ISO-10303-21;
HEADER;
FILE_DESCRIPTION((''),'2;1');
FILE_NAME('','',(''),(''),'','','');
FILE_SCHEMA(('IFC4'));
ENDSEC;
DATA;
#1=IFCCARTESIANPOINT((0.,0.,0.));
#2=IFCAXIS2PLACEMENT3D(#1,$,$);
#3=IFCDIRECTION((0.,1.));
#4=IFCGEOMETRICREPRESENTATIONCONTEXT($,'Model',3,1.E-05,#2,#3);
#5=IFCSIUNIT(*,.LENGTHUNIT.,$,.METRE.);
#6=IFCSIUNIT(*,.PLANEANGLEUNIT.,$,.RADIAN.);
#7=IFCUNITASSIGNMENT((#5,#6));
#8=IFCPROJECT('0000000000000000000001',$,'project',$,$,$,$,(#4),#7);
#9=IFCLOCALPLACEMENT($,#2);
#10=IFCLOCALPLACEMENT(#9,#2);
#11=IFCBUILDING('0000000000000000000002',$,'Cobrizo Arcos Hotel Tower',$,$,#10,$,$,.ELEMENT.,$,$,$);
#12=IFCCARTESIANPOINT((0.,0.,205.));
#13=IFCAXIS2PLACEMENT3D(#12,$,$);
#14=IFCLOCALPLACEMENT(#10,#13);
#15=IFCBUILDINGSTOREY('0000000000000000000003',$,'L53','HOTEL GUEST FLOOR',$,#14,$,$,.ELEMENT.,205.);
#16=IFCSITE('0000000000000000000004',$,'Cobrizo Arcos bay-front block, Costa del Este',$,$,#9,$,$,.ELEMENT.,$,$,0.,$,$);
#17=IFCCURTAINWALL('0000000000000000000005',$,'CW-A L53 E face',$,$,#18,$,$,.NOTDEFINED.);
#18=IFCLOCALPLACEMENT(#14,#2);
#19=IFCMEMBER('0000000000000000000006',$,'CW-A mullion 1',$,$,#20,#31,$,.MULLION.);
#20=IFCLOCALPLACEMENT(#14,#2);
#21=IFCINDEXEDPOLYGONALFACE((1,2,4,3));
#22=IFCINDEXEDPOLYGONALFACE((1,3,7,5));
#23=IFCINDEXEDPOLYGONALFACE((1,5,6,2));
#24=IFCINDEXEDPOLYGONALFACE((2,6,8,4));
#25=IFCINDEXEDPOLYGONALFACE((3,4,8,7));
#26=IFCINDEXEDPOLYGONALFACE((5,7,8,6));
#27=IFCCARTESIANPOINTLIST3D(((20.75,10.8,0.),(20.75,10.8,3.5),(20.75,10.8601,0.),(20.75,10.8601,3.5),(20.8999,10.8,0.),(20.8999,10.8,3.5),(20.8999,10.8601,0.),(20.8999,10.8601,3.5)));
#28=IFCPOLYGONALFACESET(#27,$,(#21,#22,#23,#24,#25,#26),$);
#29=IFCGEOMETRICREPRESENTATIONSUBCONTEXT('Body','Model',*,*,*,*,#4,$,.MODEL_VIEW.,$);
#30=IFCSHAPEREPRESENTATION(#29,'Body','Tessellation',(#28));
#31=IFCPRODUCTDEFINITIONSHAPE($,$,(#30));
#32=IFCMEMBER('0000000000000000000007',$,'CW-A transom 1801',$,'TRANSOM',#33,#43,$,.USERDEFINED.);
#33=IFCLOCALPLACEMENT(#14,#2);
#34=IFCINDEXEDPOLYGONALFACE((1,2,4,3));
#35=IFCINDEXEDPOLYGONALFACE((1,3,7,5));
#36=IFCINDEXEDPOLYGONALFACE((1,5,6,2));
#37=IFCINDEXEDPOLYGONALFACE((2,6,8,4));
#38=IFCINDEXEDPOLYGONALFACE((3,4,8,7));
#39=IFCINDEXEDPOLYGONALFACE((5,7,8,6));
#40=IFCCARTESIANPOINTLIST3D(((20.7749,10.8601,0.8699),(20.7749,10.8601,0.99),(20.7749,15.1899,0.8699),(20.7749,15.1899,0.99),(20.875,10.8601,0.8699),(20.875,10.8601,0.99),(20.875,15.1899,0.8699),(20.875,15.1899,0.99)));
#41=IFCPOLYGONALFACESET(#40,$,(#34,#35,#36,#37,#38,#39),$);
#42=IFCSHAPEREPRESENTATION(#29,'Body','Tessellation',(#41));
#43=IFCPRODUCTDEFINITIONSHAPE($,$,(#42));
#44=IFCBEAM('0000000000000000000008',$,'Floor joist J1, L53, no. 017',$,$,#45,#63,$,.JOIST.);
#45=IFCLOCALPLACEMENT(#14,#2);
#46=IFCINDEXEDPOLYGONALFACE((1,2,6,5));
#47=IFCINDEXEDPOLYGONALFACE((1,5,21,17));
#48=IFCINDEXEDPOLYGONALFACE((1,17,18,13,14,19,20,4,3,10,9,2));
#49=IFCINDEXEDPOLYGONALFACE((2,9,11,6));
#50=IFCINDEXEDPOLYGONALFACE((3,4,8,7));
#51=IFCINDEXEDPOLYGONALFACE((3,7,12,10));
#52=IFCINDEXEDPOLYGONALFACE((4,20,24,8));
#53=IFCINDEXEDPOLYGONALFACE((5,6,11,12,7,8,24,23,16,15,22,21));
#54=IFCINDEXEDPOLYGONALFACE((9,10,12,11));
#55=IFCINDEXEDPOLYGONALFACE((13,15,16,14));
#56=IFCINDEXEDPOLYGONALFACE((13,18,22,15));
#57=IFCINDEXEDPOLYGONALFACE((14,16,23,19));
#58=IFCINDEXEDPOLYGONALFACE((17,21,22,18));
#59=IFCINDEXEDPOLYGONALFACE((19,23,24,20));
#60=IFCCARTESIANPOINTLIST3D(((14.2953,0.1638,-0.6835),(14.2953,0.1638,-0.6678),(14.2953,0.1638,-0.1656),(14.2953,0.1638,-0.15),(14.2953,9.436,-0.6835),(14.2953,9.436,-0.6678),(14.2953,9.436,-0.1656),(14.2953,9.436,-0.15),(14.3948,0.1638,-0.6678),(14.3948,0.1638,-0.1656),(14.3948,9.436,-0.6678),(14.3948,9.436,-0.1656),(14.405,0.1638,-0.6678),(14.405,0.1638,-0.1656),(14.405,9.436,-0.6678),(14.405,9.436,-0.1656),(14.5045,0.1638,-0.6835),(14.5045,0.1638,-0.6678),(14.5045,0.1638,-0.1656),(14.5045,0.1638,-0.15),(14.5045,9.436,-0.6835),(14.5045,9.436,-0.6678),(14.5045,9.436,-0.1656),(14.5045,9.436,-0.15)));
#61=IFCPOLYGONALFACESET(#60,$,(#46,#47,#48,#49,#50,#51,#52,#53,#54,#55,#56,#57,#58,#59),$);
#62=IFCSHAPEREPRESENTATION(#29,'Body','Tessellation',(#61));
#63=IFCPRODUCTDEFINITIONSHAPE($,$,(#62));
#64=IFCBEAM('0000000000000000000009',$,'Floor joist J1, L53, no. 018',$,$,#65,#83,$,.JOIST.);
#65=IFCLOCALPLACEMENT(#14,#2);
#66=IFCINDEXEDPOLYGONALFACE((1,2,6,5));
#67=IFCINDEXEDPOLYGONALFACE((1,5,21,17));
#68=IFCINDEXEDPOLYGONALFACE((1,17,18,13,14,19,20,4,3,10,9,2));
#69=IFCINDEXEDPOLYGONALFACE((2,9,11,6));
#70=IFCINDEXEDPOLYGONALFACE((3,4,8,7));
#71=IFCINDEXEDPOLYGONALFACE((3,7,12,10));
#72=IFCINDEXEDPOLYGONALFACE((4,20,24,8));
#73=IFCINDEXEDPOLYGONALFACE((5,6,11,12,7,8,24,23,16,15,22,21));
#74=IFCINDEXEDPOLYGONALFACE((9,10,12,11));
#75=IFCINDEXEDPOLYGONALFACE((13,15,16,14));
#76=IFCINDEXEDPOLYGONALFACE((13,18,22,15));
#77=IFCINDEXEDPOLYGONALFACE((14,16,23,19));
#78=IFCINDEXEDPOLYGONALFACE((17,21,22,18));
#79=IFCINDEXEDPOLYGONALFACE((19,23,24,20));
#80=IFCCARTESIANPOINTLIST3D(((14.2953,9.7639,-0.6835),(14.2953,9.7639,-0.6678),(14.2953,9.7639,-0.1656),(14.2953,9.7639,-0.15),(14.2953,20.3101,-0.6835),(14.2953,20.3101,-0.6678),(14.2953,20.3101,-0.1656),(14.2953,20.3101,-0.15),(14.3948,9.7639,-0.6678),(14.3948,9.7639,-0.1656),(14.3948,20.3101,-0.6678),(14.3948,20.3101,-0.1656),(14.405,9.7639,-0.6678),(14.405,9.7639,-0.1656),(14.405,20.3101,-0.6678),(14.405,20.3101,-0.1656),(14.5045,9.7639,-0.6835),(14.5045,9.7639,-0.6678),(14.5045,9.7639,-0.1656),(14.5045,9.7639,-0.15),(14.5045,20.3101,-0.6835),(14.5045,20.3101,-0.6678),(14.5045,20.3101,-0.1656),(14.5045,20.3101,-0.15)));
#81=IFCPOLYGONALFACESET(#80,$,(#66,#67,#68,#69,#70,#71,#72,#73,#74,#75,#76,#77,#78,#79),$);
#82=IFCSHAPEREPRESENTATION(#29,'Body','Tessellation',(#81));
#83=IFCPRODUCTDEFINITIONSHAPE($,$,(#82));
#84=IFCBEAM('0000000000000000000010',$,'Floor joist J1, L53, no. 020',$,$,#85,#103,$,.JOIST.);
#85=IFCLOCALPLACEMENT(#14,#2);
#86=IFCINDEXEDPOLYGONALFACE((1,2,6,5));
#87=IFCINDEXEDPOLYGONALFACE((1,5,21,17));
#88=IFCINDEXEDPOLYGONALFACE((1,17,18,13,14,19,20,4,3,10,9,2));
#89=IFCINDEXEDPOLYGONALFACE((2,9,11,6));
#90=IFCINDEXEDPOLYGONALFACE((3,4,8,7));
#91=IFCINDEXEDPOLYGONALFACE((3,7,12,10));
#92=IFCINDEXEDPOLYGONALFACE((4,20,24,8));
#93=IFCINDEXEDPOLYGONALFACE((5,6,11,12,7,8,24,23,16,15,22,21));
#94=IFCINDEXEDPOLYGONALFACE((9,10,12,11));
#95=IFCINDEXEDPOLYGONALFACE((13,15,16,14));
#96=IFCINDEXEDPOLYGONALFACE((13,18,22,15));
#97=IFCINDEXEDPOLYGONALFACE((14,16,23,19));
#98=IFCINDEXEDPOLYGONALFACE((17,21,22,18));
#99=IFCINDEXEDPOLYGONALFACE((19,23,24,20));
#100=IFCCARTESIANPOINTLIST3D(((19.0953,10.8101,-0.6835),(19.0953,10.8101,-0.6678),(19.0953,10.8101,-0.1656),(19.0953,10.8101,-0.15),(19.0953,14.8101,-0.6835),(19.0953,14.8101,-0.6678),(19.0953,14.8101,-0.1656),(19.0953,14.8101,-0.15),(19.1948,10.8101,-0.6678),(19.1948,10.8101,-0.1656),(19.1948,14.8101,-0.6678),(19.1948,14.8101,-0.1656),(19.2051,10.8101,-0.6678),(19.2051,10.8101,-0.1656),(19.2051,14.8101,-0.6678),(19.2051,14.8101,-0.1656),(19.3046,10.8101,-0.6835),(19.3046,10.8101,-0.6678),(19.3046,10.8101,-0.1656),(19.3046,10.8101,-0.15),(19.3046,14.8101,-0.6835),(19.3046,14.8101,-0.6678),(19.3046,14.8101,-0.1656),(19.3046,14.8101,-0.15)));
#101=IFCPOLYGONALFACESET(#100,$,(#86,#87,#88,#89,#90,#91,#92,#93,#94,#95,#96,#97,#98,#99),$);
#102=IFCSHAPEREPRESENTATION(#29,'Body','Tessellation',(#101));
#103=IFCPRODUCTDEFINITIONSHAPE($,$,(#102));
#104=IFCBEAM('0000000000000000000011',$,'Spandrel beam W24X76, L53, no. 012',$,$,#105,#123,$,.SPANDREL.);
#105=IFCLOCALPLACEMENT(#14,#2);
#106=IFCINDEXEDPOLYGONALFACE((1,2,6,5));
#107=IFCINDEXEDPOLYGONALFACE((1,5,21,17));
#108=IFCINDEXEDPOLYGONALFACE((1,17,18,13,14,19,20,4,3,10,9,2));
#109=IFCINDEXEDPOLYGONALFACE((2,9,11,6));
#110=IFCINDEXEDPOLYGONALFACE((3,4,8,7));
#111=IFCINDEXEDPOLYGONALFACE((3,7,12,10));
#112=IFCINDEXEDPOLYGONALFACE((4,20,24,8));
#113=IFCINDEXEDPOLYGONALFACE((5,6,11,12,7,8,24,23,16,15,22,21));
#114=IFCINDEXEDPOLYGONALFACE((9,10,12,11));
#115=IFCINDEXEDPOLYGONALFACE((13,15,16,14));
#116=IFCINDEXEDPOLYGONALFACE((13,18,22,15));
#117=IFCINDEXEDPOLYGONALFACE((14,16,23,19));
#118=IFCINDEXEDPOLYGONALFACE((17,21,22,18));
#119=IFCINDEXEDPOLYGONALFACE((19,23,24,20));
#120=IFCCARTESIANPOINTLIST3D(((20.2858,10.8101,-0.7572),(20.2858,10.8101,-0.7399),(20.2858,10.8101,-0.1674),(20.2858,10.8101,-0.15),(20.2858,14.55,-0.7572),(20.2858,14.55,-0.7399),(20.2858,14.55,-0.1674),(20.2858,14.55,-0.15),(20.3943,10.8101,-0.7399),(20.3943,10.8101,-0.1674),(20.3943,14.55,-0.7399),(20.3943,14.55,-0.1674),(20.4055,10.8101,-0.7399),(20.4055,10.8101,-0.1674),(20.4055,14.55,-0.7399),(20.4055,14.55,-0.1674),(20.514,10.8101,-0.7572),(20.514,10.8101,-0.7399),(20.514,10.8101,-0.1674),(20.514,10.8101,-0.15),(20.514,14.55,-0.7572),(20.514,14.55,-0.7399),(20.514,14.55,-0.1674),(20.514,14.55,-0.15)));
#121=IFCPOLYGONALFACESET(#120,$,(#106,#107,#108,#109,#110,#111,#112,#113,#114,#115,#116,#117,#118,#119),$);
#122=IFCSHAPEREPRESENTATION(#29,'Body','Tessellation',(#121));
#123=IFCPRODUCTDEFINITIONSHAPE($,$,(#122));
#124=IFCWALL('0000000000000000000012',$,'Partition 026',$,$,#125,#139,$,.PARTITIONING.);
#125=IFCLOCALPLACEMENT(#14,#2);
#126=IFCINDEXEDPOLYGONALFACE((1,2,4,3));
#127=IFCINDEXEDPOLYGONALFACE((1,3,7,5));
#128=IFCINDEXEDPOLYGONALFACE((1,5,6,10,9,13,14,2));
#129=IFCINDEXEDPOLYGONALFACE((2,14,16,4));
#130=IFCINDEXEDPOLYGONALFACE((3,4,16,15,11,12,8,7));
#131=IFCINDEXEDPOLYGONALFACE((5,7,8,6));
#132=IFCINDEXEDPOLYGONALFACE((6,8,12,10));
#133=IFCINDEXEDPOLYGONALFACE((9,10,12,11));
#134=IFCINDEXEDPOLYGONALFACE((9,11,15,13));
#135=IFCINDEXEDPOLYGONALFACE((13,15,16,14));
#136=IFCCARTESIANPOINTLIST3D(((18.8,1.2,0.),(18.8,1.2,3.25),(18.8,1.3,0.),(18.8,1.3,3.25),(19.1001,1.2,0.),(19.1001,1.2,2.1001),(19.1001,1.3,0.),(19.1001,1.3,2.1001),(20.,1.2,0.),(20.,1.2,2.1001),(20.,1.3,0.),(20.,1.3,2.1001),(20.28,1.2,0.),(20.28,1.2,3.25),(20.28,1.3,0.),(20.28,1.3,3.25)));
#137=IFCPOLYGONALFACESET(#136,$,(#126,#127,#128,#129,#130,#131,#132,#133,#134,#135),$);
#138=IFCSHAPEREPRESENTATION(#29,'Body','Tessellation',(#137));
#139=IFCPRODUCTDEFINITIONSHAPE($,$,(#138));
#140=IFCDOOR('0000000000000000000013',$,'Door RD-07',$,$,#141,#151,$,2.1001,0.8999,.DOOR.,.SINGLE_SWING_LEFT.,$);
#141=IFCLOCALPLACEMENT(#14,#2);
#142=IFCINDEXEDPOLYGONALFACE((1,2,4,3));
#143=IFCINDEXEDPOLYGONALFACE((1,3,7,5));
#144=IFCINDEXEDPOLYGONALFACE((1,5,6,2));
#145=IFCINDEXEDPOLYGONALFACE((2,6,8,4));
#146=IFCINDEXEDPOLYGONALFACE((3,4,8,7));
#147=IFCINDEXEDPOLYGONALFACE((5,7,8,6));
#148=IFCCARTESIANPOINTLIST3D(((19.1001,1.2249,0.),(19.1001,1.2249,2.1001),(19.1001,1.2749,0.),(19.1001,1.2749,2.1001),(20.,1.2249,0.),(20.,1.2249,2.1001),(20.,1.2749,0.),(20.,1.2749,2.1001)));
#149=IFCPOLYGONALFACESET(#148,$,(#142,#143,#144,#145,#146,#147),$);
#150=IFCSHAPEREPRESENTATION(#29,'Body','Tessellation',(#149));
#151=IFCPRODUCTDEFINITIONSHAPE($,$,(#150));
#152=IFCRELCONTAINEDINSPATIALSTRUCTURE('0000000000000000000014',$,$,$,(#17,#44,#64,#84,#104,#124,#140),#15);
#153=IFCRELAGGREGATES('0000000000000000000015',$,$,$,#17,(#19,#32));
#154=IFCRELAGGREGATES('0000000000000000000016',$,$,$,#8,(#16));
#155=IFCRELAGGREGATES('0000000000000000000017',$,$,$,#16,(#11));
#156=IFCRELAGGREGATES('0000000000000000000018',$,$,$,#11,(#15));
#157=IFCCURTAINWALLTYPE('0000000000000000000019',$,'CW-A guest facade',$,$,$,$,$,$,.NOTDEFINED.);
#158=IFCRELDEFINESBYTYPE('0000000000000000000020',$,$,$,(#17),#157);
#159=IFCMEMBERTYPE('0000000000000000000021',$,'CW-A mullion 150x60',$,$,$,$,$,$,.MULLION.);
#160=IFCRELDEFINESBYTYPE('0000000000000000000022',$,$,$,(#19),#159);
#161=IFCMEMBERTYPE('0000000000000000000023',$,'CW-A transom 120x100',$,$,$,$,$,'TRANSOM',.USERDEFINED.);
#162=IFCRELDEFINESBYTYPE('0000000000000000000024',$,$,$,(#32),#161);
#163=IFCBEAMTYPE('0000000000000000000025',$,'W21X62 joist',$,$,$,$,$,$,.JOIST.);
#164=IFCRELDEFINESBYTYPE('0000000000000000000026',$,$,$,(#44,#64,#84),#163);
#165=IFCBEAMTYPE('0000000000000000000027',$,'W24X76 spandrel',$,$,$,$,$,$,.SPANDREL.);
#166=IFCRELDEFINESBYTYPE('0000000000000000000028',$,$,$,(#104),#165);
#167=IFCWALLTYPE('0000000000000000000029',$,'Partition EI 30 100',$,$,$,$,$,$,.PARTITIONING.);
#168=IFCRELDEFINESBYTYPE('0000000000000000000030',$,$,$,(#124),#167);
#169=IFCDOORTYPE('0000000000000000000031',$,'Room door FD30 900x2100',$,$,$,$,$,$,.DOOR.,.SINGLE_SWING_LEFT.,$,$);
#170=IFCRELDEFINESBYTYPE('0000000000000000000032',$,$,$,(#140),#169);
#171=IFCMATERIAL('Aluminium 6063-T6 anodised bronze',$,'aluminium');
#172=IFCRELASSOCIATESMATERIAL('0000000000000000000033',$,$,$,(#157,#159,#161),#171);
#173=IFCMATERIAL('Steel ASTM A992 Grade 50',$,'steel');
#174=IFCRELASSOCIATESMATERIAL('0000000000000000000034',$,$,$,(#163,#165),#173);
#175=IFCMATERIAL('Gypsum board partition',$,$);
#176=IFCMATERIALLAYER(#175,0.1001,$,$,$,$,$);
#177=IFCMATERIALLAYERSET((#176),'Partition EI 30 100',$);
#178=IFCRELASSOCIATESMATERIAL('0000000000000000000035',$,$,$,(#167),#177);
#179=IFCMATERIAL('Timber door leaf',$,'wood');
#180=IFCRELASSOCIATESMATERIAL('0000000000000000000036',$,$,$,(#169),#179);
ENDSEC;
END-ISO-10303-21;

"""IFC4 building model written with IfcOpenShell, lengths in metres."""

from ifc_helpers import new_model, si_unit, direction, frame, frame_2d, origin, origin_2d, place, context, subcontext, project, spatial, rectangle, i_section, extrude, material, layer, layer_set, material_profile, profile_set, type_object, element, fill, aggregate, save


model = new_model("IFC4")

# Units and contexts
model_context = context("Model", 3, precision=1e-05, world=origin(), true_north=direction((0.0, 1.0)))
body_context = subcontext(model_context, "Body", "Model", "MODEL_VIEW")
ifc_project = project(units=[si_unit("LENGTHUNIT", "METRE"), si_unit("PLANEANGLEUNIT", "RADIAN")], contexts=[model_context])

# Site, building, storey
site_placement = place(None, origin())
site = spatial("IfcSite", under=ifc_project, at=site_placement, Name="Cobrizo Arcos bay-front block, Costa del Este", CompositionType="ELEMENT", RefElevation=0.0)
building_placement = place(site_placement, origin())
building = spatial("IfcBuilding", under=site, at=building_placement, Name="Cobrizo Arcos Hotel Tower", CompositionType="ELEMENT")
storey_placement = place(building_placement, frame((0.0, 0.0, 205.0)))
storey = spatial("IfcBuildingStorey", under=building, at=storey_placement, Name="L53", Description="HOTEL GUEST FLOOR", CompositionType="ELEMENT", Elevation=205.0)

# Curtain wall, members
ifc_material_1 = material(Name="Aluminium 6063-T6 anodised bronze", Category="aluminium")
curtain_wall_type = type_object("IfcCurtainWallType", Name="CW-A guest facade", PredefinedType="NOTDEFINED", material=ifc_material_1)
curtain_wall_placement = place(storey_placement, origin())
curtain_wall = element("IfcCurtainWall", 1, at=curtain_wall_placement, inside=storey, type_object=curtain_wall_type, Name="CW-A L53 E face", PredefinedType="NOTDEFINED")
ifc_material_profile_1 = material_profile(ifc_material_1, rectangle(XDim=0.1499, YDim=0.0601, at=origin_2d()), Name="CW-A mullion 150x60")
ifc_profile_set_1 = profile_set([ifc_material_profile_1], Name="Aluminium 6063-T6 anodised bronze")
member_type_1 = type_object("IfcMemberType", Name="CW-A mullion 150x60", PredefinedType="MULLION", material=ifc_profile_set_1)
member_1_placement = place(storey_placement, frame((20.825, 10.8301, 0.0), z_axis=(0.0, 0.0, 1.0), x_axis=(1.0, 0.0, 0.0)))
member_1 = element("IfcMember", 2, at=member_1_placement, type_object=member_type_1, Name="CW-A mullion 1", PredefinedType="MULLION", context=body_context, shape_type="SweptSolid", body=[
    extrude(rectangle(XDim=0.1499, YDim=0.0601, at=origin_2d()), origin(), (0.0, 0.0, 1.0), 3.5),
])
ifc_material_profile_2 = material_profile(ifc_material_1, rectangle(XDim=0.1001, YDim=0.1201, at=origin_2d()), Name="CW-A transom 120x100")
ifc_profile_set_2 = profile_set([ifc_material_profile_2], Name="Aluminium 6063-T6 anodised bronze")
member_type_2 = type_object("IfcMemberType", Name="CW-A transom 120x100", ElementType="TRANSOM", PredefinedType="USERDEFINED", material=ifc_profile_set_2)
member_2_placement = place(storey_placement, frame((20.825, 10.8601, 0.9299), z_axis=(0.0, 1.0, 0.0), x_axis=(-1.0, 0.0, 0.0)))
member_2 = element("IfcMember", 3, at=member_2_placement, type_object=member_type_2, Name="CW-A transom 1801", ObjectType="TRANSOM", PredefinedType="USERDEFINED", context=body_context, shape_type="SweptSolid", body=[
    extrude(rectangle(XDim=0.1001, YDim=0.1201, at=origin_2d()), origin(), (0.0, 0.0, 1.0), 4.3298),
])
aggregate(curtain_wall, [member_1, member_2])

# Beams
ifc_material_2 = material(Name="Steel ASTM A992 Grade 50", Category="steel")
ifc_material_profile_3 = material_profile(ifc_material_2, i_section(OverallWidth=0.2092, OverallDepth=0.5334, WebThickness=0.0103, FlangeThickness=0.0156, at=origin_2d()), Name="W21X62")
ifc_profile_set_3 = profile_set([ifc_material_profile_3], Name="Steel ASTM A992 Grade 50")
beam_type_1 = type_object("IfcBeamType", Name="W21X62 joist", PredefinedType="JOIST", material=ifc_profile_set_3)
beam_1_placement = place(storey_placement, frame((14.3999, 0.1638, -0.4167), z_axis=(0.0, 1.0, 0.0), x_axis=(-1.0, 0.0, 0.0)))
element("IfcBeam", 4, at=beam_1_placement, inside=storey, type_object=beam_type_1, Name="Floor joist J1, L53, no. 017", PredefinedType="JOIST", context=body_context, shape_type="SweptSolid", body=[
    extrude(i_section(OverallWidth=0.2092, OverallDepth=0.5334, WebThickness=0.0103, FlangeThickness=0.0156, at=origin_2d()), origin(), (0.0, 0.0, 1.0), 9.2722),
])
beam_2_placement = place(storey_placement, frame((14.3999, 9.7639, -0.4167), z_axis=(0.0, 1.0, 0.0), x_axis=(-1.0, 0.0, 0.0)))
element("IfcBeam", 5, at=beam_2_placement, inside=storey, type_object=beam_type_1, Name="Floor joist J1, L53, no. 018", PredefinedType="JOIST", context=body_context, shape_type="SweptSolid", body=[
    extrude(i_section(OverallWidth=0.2092, OverallDepth=0.5334, WebThickness=0.0103, FlangeThickness=0.0156, at=origin_2d()), origin(), (0.0, 0.0, 1.0), 10.5461),
])
beam_3_placement = place(storey_placement, frame((19.2, 10.8101, -0.4167), z_axis=(0.0, 1.0, 0.0), x_axis=(-1.0, 0.0, 0.0)))
element("IfcBeam", 6, at=beam_3_placement, inside=storey, type_object=beam_type_1, Name="Floor joist J1, L53, no. 020", PredefinedType="JOIST", context=body_context, shape_type="SweptSolid", body=[
    extrude(i_section(OverallWidth=0.2092, OverallDepth=0.5334, WebThickness=0.0103, FlangeThickness=0.0156, at=origin_2d()), origin(), (0.0, 0.0, 1.0), 4.0),
])
ifc_material_profile_4 = material_profile(ifc_material_2, i_section(OverallWidth=0.2283, OverallDepth=0.6072, WebThickness=0.0112, FlangeThickness=0.0173, at=origin_2d()), Name="W24X76")
ifc_profile_set_4 = profile_set([ifc_material_profile_4], Name="Steel ASTM A992 Grade 50")
beam_type_2 = type_object("IfcBeamType", Name="W24X76 spandrel", PredefinedType="SPANDREL", material=ifc_profile_set_4)
beam_4_placement = place(storey_placement, frame((20.3999, 10.8101, -0.4536), z_axis=(0.0, 1.0, 0.0), x_axis=(-1.0, 0.0, 0.0)))
element("IfcBeam", 7, at=beam_4_placement, inside=storey, type_object=beam_type_2, Name="Spandrel beam W24X76, L53, no. 012", PredefinedType="SPANDREL", context=body_context, shape_type="SweptSolid", body=[
    extrude(i_section(OverallWidth=0.2283, OverallDepth=0.6072, WebThickness=0.0112, FlangeThickness=0.0173, at=origin_2d()), origin(), (0.0, 0.0, 1.0), 3.74),
])

# Wall, opening, door
ifc_material_3 = material(Name="Gypsum board partition")
ifc_layer_1 = layer(ifc_material_3, 0.1001)
ifc_layer_set_1 = layer_set([ifc_layer_1], Name="Partition EI 30 100")
wall_type_1 = type_object("IfcWallType", Name="Partition EI 30 100", PredefinedType="PARTITIONING", material=ifc_layer_set_1)
wall_1_placement = place(storey_placement, frame((18.8, 1.25, 0.0), z_axis=(0.0, 0.0, 1.0), x_axis=(1.0, 0.0, 0.0)))
wall_1 = element("IfcWall", 8, at=wall_1_placement, inside=storey, type_object=wall_type_1, Name="Partition 026", PredefinedType="PARTITIONING", context=body_context, shape_type="SweptSolid", body=[
    extrude(rectangle(XDim=1.48, YDim=0.1001, at=frame_2d((0.74, 0.0))), origin(), (0.0, 0.0, 1.0), 3.25),
])
opening_1_placement = place(wall_1_placement, frame((0.3, 0.0, 0.0)))
opening_1 = element("IfcOpeningElement", 9, at=opening_1_placement, cuts=wall_1, PredefinedType="OPENING", context=body_context, shape_type="SweptSolid", body=[
    extrude(rectangle(XDim=0.8999, YDim=2.1001, at=frame_2d((0.45, 1.05))), frame((0.0, 0.062, 0.0), z_axis=(0.0, -1.0, 0.0), x_axis=(1.0, 0.0, 0.0)), (0.0, 0.0, 1.0), 0.124),
])
ifc_material_4 = material(Name="Timber door leaf", Category="wood")
door_type = type_object("IfcDoorType", Name="Room door FD30 900x2100", OperationType="SINGLE_SWING_LEFT", PredefinedType="DOOR", material=ifc_material_4)
door_1_placement = place(opening_1_placement, origin())
door_1 = element("IfcDoor", 10, at=door_1_placement, inside=storey, type_object=door_type, Name="Door RD-07", OperationType="SINGLE_SWING_LEFT", OverallHeight=2.1001, OverallWidth=0.8999, PredefinedType="DOOR", context=body_context, shape_type="SweptSolid", body=[
    extrude(rectangle(XDim=0.8999, YDim=2.1001, at=frame_2d((0.45, 1.05))), frame((0.0, 0.0249, 0.0), z_axis=(0.0, -1.0, 0.0), x_axis=(1.0, 0.0, 0.0)), (0.0, 0.0, 1.0), 0.05),
])
fill(opening_1, door_1)

save(model, "model.ifc")
